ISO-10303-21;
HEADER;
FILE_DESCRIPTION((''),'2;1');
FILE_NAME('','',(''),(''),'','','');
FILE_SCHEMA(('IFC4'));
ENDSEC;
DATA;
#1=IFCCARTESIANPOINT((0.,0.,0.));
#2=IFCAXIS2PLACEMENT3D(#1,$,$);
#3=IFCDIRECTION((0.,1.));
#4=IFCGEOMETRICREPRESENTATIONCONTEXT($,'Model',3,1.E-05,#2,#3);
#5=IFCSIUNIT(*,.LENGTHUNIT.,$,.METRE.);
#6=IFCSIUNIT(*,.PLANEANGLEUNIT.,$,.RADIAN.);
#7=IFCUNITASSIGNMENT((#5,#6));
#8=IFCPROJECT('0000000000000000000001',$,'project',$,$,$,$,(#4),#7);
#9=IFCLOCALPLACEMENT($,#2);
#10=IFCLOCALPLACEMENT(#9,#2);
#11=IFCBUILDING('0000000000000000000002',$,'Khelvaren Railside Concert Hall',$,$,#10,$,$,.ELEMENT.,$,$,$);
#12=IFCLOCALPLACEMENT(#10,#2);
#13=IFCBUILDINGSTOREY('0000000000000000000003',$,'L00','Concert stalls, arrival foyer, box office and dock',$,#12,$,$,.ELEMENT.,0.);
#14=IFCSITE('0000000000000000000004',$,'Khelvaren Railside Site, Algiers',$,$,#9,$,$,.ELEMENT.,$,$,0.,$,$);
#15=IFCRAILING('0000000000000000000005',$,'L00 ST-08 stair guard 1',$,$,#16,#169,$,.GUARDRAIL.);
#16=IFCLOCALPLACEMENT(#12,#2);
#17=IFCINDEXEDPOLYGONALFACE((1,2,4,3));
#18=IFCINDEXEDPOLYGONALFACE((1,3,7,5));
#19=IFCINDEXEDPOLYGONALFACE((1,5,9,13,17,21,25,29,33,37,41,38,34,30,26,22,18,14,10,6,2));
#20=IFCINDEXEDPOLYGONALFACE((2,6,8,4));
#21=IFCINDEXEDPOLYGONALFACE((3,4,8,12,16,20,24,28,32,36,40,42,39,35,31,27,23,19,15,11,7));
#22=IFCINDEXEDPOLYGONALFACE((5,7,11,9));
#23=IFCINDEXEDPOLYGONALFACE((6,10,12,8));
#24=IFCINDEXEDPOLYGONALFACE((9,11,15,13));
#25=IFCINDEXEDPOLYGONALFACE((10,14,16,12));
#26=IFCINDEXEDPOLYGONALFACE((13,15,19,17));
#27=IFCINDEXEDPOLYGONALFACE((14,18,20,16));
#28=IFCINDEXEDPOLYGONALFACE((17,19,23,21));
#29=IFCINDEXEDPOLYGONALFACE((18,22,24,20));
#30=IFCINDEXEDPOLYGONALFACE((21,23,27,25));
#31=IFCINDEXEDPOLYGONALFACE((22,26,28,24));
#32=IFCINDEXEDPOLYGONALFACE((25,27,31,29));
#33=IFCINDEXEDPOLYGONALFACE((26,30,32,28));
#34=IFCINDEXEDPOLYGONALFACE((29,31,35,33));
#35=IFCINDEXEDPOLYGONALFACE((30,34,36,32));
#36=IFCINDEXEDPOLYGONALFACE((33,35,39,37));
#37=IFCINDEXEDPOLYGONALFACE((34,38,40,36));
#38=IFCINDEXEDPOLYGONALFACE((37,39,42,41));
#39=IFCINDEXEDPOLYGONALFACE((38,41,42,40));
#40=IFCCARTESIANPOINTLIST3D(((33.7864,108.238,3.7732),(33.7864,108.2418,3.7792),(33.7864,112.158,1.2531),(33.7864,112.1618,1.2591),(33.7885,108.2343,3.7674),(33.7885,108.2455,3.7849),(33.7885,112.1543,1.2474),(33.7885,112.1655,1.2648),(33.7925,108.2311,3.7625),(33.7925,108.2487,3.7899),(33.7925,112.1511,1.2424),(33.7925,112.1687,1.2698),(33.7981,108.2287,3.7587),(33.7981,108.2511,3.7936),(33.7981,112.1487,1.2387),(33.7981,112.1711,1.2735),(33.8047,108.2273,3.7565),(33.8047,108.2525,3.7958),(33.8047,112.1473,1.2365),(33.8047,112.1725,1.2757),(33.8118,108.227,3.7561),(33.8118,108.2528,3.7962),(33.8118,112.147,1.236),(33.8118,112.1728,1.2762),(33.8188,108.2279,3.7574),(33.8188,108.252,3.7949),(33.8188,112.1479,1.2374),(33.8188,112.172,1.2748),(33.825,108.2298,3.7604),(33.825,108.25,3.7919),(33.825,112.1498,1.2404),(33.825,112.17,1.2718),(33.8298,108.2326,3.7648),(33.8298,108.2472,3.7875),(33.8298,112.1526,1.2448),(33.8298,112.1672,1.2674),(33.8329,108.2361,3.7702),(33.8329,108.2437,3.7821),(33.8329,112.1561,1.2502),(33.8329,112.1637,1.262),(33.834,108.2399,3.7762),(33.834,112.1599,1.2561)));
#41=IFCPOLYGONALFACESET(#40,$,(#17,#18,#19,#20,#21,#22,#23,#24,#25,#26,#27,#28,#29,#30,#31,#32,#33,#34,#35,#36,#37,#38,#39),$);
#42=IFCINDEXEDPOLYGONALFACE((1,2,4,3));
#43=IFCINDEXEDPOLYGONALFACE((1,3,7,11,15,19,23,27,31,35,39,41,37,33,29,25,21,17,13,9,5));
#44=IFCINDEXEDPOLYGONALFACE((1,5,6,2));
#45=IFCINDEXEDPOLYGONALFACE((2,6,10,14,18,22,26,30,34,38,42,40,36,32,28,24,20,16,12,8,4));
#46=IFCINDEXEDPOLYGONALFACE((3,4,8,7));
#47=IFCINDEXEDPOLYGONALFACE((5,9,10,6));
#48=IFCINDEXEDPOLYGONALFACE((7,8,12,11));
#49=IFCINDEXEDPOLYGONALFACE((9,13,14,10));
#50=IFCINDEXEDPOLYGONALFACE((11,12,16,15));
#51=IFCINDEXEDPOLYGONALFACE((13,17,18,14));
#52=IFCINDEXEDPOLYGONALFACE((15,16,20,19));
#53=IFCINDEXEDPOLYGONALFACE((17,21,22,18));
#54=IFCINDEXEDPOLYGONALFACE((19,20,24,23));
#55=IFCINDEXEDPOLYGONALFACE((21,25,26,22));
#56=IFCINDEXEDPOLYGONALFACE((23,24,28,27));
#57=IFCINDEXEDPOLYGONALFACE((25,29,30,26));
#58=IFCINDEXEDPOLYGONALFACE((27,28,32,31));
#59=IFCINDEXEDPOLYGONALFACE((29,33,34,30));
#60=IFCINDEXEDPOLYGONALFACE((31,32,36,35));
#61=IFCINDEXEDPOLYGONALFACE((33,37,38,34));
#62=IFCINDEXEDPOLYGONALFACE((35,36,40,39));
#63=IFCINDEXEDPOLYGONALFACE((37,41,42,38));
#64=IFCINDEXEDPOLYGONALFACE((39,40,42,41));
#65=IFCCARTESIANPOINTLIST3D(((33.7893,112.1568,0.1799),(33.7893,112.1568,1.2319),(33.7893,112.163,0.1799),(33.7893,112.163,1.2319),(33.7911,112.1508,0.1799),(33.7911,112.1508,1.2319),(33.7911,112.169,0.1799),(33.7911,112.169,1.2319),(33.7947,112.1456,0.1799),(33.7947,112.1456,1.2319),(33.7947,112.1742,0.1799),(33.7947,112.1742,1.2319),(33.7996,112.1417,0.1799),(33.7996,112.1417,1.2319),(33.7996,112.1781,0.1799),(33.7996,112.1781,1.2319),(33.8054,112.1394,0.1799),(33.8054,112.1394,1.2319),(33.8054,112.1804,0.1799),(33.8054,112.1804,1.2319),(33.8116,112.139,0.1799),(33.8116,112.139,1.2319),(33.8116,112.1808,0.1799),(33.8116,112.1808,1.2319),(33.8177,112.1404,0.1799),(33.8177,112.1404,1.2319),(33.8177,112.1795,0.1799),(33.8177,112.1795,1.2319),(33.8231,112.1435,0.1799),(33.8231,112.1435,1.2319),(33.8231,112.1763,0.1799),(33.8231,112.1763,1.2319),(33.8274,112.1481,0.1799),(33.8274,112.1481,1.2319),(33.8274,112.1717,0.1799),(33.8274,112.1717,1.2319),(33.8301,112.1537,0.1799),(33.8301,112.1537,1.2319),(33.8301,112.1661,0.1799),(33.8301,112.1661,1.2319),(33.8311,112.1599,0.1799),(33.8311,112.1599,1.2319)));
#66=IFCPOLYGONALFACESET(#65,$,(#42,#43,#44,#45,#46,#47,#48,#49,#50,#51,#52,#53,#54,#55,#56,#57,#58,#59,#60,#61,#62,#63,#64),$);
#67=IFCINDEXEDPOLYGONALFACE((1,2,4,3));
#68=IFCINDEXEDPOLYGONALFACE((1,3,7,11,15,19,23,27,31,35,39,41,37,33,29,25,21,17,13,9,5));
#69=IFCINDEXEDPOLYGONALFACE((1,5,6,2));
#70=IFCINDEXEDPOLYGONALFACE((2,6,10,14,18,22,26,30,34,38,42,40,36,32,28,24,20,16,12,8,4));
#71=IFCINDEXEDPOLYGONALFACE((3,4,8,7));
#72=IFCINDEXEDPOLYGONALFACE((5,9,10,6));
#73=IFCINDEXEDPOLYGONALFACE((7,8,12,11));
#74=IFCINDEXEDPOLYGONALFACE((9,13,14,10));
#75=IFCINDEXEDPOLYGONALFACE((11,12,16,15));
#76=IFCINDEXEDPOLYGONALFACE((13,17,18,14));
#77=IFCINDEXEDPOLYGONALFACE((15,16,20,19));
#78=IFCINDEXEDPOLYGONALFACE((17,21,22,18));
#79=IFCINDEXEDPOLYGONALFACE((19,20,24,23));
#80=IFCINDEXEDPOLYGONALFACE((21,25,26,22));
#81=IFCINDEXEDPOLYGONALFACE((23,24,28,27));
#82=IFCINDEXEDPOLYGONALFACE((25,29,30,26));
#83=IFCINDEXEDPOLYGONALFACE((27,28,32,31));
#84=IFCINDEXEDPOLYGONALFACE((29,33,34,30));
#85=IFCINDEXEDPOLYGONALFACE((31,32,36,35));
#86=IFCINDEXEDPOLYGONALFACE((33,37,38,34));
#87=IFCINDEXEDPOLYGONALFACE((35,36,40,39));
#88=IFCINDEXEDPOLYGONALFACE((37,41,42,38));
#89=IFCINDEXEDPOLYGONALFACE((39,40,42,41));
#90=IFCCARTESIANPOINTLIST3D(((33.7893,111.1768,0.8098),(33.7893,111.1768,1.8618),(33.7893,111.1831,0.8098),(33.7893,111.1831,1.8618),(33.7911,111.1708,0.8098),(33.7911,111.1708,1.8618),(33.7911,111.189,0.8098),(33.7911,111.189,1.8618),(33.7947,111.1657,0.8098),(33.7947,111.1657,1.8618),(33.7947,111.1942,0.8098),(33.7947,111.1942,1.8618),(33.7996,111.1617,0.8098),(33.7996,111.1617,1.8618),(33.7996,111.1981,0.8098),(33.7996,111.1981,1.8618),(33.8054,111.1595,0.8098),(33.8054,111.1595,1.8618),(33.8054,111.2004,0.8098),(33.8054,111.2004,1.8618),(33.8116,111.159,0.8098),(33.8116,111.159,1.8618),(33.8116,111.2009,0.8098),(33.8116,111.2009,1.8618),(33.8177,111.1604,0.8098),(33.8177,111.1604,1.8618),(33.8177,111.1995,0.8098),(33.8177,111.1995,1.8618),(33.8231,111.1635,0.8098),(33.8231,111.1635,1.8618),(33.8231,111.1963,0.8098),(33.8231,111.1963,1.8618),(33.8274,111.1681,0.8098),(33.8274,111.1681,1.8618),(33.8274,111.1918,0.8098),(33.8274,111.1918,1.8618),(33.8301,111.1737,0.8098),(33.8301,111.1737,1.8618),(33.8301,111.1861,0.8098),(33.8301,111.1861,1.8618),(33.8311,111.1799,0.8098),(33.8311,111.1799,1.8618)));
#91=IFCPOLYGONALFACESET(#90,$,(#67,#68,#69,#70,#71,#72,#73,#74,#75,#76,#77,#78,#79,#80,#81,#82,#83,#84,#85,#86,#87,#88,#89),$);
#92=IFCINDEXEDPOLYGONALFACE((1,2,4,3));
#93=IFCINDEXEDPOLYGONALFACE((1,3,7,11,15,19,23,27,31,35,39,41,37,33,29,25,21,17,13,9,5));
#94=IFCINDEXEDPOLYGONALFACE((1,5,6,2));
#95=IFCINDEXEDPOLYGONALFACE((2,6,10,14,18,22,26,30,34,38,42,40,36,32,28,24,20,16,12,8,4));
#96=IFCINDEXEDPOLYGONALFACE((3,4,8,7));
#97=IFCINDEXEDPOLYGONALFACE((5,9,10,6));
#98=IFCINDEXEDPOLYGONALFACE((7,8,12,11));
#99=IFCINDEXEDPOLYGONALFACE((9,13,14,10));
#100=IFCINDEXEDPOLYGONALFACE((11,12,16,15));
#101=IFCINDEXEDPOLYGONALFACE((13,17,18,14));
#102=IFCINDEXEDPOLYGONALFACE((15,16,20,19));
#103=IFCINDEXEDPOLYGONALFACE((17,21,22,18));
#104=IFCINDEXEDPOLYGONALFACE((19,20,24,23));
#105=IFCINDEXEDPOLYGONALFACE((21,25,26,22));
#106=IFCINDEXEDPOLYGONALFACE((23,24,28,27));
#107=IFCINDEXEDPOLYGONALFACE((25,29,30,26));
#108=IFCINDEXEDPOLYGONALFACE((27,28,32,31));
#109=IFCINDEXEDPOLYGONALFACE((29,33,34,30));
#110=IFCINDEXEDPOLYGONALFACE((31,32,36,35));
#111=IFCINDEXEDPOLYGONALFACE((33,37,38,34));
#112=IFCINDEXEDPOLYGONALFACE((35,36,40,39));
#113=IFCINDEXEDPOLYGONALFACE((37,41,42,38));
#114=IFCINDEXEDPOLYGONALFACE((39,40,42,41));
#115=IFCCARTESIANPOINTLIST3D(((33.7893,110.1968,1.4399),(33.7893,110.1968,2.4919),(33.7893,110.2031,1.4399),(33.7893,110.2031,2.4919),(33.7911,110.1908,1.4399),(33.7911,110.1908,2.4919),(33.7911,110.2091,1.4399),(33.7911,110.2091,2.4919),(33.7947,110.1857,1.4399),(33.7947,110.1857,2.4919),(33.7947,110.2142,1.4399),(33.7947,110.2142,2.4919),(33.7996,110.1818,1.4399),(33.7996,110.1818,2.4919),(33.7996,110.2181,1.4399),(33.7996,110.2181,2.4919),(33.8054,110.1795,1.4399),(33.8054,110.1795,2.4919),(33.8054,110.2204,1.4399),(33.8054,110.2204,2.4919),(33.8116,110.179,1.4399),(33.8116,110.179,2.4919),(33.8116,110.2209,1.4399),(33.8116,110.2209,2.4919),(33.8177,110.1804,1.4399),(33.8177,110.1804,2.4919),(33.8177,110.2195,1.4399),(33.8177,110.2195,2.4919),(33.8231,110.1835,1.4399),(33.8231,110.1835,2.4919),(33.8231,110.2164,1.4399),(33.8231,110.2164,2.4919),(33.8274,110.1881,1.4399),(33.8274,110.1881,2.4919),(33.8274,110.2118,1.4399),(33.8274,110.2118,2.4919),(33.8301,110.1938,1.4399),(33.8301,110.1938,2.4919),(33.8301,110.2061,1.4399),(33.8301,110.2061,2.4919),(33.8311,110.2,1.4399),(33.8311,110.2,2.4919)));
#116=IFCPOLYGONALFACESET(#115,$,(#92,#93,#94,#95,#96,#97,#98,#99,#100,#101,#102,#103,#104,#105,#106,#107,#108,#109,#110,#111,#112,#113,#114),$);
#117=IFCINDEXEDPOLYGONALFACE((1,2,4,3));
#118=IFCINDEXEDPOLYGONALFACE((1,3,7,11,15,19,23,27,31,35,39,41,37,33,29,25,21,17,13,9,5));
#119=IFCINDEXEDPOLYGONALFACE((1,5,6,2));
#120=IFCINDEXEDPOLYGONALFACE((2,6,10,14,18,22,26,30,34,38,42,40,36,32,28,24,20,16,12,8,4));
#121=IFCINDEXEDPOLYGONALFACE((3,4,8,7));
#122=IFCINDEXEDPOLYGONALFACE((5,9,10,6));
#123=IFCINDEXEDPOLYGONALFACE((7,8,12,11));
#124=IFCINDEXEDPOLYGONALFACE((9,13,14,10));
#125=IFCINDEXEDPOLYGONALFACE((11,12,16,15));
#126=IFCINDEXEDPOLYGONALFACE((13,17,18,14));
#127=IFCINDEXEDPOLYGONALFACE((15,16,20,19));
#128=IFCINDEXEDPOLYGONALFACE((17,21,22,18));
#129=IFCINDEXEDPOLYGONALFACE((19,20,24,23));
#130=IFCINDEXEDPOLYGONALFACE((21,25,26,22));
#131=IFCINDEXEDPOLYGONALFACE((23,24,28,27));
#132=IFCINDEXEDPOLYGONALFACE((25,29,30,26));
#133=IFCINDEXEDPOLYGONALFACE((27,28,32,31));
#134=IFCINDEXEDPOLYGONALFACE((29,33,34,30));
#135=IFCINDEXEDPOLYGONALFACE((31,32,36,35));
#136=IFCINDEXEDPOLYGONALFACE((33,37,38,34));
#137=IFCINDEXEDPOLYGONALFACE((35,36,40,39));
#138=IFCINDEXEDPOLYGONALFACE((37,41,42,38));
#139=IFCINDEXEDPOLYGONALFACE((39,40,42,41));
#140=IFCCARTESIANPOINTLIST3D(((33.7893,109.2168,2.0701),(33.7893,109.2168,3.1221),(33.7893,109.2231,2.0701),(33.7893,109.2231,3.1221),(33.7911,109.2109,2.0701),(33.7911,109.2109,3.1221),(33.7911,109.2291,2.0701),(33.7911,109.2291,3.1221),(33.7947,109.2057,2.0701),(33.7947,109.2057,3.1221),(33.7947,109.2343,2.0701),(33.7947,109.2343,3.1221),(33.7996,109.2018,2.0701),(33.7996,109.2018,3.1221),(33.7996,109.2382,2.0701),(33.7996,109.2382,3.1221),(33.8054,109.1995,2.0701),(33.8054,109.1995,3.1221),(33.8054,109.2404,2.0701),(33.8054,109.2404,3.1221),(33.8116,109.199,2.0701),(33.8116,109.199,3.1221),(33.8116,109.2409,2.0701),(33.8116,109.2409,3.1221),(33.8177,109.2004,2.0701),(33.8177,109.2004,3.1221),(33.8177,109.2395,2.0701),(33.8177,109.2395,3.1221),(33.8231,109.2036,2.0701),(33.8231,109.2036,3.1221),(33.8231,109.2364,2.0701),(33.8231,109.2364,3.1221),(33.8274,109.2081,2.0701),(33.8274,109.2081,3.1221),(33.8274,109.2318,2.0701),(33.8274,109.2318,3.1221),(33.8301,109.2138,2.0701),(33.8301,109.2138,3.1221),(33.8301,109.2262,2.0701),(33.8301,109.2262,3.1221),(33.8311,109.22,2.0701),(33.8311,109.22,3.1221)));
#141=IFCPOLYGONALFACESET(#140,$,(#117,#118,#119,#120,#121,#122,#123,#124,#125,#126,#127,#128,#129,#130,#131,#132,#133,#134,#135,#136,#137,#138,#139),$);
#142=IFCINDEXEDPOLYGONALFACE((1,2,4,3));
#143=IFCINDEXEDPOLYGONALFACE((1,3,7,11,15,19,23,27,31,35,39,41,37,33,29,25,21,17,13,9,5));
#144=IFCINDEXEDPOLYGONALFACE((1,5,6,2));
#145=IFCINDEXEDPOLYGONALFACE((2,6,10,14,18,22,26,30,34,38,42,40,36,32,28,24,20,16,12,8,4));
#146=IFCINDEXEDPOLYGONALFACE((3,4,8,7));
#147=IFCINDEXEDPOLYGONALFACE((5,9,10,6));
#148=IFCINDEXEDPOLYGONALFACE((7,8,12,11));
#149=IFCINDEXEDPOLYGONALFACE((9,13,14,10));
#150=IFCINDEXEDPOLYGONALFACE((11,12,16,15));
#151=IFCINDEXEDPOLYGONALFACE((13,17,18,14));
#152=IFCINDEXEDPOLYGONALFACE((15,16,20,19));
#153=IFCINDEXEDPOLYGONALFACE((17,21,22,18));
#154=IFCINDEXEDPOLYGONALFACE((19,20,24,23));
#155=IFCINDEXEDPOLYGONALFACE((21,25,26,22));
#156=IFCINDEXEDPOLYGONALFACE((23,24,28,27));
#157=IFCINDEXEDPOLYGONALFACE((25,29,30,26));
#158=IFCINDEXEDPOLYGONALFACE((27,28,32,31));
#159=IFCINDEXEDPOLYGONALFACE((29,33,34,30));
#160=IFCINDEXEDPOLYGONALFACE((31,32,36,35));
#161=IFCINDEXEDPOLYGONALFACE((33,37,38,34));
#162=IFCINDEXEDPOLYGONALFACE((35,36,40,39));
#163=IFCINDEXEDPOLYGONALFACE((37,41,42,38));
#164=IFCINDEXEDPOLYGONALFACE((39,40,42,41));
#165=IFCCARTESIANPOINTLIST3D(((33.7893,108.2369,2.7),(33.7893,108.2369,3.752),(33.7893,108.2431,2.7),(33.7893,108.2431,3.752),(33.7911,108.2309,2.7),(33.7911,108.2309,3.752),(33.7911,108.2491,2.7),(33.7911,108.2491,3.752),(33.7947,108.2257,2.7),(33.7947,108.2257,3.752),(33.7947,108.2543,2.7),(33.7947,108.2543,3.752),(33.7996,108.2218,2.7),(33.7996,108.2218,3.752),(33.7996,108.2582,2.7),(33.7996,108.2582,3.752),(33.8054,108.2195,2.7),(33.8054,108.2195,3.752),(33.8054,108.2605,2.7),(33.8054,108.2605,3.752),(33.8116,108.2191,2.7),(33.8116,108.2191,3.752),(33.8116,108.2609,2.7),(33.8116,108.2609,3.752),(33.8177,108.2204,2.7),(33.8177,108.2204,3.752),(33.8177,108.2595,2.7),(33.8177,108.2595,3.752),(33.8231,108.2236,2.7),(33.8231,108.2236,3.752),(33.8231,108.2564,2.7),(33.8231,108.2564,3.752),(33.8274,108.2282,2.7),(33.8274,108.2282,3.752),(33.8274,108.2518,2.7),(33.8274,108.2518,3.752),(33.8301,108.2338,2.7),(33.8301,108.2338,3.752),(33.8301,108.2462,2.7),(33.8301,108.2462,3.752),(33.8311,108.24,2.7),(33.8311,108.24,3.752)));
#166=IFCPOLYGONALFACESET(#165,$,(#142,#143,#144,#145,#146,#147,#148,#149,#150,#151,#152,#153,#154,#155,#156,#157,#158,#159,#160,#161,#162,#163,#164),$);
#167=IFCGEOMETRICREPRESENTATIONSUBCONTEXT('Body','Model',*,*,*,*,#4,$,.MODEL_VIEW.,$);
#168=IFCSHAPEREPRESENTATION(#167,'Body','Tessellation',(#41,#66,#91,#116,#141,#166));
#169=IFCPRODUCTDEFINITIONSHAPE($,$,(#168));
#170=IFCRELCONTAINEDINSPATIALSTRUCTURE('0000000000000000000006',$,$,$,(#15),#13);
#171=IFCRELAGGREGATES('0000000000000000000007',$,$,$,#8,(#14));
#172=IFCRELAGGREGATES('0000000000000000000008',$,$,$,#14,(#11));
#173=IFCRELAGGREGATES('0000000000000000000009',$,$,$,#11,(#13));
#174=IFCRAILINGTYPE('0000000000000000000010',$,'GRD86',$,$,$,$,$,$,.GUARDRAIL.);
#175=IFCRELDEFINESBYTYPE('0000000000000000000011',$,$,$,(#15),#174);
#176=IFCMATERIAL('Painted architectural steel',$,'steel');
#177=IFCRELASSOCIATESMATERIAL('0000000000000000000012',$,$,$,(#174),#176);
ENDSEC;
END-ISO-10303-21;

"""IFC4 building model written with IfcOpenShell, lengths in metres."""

from ifc_helpers import new_model, si_unit, direction, frame, origin, origin_2d, place, context, subcontext, project, spatial, circle, extrude, material, type_object, element, save


model = new_model("IFC4")

# Units and contexts
model_context = context("Model", 3, precision=1e-05, world=origin(), true_north=direction((0.0, 1.0)))
body_context = subcontext(model_context, "Body", "Model", "MODEL_VIEW")
ifc_project = project(units=[si_unit("LENGTHUNIT", "METRE"), si_unit("PLANEANGLEUNIT", "RADIAN")], contexts=[model_context])

# Site, building, storey
site_placement = place(None, origin())
site = spatial("IfcSite", under=ifc_project, at=site_placement, Name="Khelvaren Railside Site, Algiers", CompositionType="ELEMENT", RefElevation=0.0)
building_placement = place(site_placement, origin())
building = spatial("IfcBuilding", under=site, at=building_placement, Name="Khelvaren Railside Concert Hall", CompositionType="ELEMENT")
storey_placement = place(building_placement, origin())
storey = spatial("IfcBuildingStorey", under=building, at=storey_placement, Name="L00", Description="Concert stalls, arrival foyer, box office and dock", CompositionType="ELEMENT", Elevation=0.0)

# Railing
ifc_material_1 = material(Name="Painted architectural steel", Category="steel")
railing_type_1 = type_object("IfcRailingType", Name="GRD86", PredefinedType="GUARDRAIL", material=ifc_material_1)
railing_1_placement = place(storey_placement, frame((33.8101, 112.1599, 0.1799)))
element("IfcRailing", 1, at=railing_1_placement, inside=storey, type_object=railing_type_1, Name="L00 ST-08 stair guard 1", PredefinedType="GUARDRAIL", context=body_context, shape_type="SweptSolid", body=[
    extrude(circle(Radius=0.0239, at=origin_2d()), frame((0.0, 0.0, 1.0762), z_axis=(0.0, -0.841172, 0.540768), x_axis=(1.0, 0.0, 0.0)), (0.0, 0.0, 1.0), 4.6602),
    extrude(circle(Radius=0.021, at=origin_2d()), origin(), (0.0, 0.0, 1.0), 1.052),
    extrude(circle(Radius=0.021, at=origin_2d()), frame((0.0, -0.98, 0.6299)), (0.0, 0.0, 1.0), 1.052),
    extrude(circle(Radius=0.021, at=origin_2d()), frame((0.0, -1.96, 1.26)), (0.0, 0.0, 1.0), 1.052),
    extrude(circle(Radius=0.021, at=origin_2d()), frame((0.0, -2.9399, 1.8901)), (0.0, 0.0, 1.0), 1.052),
    extrude(circle(Radius=0.021, at=origin_2d()), frame((0.0, -3.9199, 2.52)), (0.0, 0.0, 1.0), 1.052),
])

save(model, "model.ifc")
